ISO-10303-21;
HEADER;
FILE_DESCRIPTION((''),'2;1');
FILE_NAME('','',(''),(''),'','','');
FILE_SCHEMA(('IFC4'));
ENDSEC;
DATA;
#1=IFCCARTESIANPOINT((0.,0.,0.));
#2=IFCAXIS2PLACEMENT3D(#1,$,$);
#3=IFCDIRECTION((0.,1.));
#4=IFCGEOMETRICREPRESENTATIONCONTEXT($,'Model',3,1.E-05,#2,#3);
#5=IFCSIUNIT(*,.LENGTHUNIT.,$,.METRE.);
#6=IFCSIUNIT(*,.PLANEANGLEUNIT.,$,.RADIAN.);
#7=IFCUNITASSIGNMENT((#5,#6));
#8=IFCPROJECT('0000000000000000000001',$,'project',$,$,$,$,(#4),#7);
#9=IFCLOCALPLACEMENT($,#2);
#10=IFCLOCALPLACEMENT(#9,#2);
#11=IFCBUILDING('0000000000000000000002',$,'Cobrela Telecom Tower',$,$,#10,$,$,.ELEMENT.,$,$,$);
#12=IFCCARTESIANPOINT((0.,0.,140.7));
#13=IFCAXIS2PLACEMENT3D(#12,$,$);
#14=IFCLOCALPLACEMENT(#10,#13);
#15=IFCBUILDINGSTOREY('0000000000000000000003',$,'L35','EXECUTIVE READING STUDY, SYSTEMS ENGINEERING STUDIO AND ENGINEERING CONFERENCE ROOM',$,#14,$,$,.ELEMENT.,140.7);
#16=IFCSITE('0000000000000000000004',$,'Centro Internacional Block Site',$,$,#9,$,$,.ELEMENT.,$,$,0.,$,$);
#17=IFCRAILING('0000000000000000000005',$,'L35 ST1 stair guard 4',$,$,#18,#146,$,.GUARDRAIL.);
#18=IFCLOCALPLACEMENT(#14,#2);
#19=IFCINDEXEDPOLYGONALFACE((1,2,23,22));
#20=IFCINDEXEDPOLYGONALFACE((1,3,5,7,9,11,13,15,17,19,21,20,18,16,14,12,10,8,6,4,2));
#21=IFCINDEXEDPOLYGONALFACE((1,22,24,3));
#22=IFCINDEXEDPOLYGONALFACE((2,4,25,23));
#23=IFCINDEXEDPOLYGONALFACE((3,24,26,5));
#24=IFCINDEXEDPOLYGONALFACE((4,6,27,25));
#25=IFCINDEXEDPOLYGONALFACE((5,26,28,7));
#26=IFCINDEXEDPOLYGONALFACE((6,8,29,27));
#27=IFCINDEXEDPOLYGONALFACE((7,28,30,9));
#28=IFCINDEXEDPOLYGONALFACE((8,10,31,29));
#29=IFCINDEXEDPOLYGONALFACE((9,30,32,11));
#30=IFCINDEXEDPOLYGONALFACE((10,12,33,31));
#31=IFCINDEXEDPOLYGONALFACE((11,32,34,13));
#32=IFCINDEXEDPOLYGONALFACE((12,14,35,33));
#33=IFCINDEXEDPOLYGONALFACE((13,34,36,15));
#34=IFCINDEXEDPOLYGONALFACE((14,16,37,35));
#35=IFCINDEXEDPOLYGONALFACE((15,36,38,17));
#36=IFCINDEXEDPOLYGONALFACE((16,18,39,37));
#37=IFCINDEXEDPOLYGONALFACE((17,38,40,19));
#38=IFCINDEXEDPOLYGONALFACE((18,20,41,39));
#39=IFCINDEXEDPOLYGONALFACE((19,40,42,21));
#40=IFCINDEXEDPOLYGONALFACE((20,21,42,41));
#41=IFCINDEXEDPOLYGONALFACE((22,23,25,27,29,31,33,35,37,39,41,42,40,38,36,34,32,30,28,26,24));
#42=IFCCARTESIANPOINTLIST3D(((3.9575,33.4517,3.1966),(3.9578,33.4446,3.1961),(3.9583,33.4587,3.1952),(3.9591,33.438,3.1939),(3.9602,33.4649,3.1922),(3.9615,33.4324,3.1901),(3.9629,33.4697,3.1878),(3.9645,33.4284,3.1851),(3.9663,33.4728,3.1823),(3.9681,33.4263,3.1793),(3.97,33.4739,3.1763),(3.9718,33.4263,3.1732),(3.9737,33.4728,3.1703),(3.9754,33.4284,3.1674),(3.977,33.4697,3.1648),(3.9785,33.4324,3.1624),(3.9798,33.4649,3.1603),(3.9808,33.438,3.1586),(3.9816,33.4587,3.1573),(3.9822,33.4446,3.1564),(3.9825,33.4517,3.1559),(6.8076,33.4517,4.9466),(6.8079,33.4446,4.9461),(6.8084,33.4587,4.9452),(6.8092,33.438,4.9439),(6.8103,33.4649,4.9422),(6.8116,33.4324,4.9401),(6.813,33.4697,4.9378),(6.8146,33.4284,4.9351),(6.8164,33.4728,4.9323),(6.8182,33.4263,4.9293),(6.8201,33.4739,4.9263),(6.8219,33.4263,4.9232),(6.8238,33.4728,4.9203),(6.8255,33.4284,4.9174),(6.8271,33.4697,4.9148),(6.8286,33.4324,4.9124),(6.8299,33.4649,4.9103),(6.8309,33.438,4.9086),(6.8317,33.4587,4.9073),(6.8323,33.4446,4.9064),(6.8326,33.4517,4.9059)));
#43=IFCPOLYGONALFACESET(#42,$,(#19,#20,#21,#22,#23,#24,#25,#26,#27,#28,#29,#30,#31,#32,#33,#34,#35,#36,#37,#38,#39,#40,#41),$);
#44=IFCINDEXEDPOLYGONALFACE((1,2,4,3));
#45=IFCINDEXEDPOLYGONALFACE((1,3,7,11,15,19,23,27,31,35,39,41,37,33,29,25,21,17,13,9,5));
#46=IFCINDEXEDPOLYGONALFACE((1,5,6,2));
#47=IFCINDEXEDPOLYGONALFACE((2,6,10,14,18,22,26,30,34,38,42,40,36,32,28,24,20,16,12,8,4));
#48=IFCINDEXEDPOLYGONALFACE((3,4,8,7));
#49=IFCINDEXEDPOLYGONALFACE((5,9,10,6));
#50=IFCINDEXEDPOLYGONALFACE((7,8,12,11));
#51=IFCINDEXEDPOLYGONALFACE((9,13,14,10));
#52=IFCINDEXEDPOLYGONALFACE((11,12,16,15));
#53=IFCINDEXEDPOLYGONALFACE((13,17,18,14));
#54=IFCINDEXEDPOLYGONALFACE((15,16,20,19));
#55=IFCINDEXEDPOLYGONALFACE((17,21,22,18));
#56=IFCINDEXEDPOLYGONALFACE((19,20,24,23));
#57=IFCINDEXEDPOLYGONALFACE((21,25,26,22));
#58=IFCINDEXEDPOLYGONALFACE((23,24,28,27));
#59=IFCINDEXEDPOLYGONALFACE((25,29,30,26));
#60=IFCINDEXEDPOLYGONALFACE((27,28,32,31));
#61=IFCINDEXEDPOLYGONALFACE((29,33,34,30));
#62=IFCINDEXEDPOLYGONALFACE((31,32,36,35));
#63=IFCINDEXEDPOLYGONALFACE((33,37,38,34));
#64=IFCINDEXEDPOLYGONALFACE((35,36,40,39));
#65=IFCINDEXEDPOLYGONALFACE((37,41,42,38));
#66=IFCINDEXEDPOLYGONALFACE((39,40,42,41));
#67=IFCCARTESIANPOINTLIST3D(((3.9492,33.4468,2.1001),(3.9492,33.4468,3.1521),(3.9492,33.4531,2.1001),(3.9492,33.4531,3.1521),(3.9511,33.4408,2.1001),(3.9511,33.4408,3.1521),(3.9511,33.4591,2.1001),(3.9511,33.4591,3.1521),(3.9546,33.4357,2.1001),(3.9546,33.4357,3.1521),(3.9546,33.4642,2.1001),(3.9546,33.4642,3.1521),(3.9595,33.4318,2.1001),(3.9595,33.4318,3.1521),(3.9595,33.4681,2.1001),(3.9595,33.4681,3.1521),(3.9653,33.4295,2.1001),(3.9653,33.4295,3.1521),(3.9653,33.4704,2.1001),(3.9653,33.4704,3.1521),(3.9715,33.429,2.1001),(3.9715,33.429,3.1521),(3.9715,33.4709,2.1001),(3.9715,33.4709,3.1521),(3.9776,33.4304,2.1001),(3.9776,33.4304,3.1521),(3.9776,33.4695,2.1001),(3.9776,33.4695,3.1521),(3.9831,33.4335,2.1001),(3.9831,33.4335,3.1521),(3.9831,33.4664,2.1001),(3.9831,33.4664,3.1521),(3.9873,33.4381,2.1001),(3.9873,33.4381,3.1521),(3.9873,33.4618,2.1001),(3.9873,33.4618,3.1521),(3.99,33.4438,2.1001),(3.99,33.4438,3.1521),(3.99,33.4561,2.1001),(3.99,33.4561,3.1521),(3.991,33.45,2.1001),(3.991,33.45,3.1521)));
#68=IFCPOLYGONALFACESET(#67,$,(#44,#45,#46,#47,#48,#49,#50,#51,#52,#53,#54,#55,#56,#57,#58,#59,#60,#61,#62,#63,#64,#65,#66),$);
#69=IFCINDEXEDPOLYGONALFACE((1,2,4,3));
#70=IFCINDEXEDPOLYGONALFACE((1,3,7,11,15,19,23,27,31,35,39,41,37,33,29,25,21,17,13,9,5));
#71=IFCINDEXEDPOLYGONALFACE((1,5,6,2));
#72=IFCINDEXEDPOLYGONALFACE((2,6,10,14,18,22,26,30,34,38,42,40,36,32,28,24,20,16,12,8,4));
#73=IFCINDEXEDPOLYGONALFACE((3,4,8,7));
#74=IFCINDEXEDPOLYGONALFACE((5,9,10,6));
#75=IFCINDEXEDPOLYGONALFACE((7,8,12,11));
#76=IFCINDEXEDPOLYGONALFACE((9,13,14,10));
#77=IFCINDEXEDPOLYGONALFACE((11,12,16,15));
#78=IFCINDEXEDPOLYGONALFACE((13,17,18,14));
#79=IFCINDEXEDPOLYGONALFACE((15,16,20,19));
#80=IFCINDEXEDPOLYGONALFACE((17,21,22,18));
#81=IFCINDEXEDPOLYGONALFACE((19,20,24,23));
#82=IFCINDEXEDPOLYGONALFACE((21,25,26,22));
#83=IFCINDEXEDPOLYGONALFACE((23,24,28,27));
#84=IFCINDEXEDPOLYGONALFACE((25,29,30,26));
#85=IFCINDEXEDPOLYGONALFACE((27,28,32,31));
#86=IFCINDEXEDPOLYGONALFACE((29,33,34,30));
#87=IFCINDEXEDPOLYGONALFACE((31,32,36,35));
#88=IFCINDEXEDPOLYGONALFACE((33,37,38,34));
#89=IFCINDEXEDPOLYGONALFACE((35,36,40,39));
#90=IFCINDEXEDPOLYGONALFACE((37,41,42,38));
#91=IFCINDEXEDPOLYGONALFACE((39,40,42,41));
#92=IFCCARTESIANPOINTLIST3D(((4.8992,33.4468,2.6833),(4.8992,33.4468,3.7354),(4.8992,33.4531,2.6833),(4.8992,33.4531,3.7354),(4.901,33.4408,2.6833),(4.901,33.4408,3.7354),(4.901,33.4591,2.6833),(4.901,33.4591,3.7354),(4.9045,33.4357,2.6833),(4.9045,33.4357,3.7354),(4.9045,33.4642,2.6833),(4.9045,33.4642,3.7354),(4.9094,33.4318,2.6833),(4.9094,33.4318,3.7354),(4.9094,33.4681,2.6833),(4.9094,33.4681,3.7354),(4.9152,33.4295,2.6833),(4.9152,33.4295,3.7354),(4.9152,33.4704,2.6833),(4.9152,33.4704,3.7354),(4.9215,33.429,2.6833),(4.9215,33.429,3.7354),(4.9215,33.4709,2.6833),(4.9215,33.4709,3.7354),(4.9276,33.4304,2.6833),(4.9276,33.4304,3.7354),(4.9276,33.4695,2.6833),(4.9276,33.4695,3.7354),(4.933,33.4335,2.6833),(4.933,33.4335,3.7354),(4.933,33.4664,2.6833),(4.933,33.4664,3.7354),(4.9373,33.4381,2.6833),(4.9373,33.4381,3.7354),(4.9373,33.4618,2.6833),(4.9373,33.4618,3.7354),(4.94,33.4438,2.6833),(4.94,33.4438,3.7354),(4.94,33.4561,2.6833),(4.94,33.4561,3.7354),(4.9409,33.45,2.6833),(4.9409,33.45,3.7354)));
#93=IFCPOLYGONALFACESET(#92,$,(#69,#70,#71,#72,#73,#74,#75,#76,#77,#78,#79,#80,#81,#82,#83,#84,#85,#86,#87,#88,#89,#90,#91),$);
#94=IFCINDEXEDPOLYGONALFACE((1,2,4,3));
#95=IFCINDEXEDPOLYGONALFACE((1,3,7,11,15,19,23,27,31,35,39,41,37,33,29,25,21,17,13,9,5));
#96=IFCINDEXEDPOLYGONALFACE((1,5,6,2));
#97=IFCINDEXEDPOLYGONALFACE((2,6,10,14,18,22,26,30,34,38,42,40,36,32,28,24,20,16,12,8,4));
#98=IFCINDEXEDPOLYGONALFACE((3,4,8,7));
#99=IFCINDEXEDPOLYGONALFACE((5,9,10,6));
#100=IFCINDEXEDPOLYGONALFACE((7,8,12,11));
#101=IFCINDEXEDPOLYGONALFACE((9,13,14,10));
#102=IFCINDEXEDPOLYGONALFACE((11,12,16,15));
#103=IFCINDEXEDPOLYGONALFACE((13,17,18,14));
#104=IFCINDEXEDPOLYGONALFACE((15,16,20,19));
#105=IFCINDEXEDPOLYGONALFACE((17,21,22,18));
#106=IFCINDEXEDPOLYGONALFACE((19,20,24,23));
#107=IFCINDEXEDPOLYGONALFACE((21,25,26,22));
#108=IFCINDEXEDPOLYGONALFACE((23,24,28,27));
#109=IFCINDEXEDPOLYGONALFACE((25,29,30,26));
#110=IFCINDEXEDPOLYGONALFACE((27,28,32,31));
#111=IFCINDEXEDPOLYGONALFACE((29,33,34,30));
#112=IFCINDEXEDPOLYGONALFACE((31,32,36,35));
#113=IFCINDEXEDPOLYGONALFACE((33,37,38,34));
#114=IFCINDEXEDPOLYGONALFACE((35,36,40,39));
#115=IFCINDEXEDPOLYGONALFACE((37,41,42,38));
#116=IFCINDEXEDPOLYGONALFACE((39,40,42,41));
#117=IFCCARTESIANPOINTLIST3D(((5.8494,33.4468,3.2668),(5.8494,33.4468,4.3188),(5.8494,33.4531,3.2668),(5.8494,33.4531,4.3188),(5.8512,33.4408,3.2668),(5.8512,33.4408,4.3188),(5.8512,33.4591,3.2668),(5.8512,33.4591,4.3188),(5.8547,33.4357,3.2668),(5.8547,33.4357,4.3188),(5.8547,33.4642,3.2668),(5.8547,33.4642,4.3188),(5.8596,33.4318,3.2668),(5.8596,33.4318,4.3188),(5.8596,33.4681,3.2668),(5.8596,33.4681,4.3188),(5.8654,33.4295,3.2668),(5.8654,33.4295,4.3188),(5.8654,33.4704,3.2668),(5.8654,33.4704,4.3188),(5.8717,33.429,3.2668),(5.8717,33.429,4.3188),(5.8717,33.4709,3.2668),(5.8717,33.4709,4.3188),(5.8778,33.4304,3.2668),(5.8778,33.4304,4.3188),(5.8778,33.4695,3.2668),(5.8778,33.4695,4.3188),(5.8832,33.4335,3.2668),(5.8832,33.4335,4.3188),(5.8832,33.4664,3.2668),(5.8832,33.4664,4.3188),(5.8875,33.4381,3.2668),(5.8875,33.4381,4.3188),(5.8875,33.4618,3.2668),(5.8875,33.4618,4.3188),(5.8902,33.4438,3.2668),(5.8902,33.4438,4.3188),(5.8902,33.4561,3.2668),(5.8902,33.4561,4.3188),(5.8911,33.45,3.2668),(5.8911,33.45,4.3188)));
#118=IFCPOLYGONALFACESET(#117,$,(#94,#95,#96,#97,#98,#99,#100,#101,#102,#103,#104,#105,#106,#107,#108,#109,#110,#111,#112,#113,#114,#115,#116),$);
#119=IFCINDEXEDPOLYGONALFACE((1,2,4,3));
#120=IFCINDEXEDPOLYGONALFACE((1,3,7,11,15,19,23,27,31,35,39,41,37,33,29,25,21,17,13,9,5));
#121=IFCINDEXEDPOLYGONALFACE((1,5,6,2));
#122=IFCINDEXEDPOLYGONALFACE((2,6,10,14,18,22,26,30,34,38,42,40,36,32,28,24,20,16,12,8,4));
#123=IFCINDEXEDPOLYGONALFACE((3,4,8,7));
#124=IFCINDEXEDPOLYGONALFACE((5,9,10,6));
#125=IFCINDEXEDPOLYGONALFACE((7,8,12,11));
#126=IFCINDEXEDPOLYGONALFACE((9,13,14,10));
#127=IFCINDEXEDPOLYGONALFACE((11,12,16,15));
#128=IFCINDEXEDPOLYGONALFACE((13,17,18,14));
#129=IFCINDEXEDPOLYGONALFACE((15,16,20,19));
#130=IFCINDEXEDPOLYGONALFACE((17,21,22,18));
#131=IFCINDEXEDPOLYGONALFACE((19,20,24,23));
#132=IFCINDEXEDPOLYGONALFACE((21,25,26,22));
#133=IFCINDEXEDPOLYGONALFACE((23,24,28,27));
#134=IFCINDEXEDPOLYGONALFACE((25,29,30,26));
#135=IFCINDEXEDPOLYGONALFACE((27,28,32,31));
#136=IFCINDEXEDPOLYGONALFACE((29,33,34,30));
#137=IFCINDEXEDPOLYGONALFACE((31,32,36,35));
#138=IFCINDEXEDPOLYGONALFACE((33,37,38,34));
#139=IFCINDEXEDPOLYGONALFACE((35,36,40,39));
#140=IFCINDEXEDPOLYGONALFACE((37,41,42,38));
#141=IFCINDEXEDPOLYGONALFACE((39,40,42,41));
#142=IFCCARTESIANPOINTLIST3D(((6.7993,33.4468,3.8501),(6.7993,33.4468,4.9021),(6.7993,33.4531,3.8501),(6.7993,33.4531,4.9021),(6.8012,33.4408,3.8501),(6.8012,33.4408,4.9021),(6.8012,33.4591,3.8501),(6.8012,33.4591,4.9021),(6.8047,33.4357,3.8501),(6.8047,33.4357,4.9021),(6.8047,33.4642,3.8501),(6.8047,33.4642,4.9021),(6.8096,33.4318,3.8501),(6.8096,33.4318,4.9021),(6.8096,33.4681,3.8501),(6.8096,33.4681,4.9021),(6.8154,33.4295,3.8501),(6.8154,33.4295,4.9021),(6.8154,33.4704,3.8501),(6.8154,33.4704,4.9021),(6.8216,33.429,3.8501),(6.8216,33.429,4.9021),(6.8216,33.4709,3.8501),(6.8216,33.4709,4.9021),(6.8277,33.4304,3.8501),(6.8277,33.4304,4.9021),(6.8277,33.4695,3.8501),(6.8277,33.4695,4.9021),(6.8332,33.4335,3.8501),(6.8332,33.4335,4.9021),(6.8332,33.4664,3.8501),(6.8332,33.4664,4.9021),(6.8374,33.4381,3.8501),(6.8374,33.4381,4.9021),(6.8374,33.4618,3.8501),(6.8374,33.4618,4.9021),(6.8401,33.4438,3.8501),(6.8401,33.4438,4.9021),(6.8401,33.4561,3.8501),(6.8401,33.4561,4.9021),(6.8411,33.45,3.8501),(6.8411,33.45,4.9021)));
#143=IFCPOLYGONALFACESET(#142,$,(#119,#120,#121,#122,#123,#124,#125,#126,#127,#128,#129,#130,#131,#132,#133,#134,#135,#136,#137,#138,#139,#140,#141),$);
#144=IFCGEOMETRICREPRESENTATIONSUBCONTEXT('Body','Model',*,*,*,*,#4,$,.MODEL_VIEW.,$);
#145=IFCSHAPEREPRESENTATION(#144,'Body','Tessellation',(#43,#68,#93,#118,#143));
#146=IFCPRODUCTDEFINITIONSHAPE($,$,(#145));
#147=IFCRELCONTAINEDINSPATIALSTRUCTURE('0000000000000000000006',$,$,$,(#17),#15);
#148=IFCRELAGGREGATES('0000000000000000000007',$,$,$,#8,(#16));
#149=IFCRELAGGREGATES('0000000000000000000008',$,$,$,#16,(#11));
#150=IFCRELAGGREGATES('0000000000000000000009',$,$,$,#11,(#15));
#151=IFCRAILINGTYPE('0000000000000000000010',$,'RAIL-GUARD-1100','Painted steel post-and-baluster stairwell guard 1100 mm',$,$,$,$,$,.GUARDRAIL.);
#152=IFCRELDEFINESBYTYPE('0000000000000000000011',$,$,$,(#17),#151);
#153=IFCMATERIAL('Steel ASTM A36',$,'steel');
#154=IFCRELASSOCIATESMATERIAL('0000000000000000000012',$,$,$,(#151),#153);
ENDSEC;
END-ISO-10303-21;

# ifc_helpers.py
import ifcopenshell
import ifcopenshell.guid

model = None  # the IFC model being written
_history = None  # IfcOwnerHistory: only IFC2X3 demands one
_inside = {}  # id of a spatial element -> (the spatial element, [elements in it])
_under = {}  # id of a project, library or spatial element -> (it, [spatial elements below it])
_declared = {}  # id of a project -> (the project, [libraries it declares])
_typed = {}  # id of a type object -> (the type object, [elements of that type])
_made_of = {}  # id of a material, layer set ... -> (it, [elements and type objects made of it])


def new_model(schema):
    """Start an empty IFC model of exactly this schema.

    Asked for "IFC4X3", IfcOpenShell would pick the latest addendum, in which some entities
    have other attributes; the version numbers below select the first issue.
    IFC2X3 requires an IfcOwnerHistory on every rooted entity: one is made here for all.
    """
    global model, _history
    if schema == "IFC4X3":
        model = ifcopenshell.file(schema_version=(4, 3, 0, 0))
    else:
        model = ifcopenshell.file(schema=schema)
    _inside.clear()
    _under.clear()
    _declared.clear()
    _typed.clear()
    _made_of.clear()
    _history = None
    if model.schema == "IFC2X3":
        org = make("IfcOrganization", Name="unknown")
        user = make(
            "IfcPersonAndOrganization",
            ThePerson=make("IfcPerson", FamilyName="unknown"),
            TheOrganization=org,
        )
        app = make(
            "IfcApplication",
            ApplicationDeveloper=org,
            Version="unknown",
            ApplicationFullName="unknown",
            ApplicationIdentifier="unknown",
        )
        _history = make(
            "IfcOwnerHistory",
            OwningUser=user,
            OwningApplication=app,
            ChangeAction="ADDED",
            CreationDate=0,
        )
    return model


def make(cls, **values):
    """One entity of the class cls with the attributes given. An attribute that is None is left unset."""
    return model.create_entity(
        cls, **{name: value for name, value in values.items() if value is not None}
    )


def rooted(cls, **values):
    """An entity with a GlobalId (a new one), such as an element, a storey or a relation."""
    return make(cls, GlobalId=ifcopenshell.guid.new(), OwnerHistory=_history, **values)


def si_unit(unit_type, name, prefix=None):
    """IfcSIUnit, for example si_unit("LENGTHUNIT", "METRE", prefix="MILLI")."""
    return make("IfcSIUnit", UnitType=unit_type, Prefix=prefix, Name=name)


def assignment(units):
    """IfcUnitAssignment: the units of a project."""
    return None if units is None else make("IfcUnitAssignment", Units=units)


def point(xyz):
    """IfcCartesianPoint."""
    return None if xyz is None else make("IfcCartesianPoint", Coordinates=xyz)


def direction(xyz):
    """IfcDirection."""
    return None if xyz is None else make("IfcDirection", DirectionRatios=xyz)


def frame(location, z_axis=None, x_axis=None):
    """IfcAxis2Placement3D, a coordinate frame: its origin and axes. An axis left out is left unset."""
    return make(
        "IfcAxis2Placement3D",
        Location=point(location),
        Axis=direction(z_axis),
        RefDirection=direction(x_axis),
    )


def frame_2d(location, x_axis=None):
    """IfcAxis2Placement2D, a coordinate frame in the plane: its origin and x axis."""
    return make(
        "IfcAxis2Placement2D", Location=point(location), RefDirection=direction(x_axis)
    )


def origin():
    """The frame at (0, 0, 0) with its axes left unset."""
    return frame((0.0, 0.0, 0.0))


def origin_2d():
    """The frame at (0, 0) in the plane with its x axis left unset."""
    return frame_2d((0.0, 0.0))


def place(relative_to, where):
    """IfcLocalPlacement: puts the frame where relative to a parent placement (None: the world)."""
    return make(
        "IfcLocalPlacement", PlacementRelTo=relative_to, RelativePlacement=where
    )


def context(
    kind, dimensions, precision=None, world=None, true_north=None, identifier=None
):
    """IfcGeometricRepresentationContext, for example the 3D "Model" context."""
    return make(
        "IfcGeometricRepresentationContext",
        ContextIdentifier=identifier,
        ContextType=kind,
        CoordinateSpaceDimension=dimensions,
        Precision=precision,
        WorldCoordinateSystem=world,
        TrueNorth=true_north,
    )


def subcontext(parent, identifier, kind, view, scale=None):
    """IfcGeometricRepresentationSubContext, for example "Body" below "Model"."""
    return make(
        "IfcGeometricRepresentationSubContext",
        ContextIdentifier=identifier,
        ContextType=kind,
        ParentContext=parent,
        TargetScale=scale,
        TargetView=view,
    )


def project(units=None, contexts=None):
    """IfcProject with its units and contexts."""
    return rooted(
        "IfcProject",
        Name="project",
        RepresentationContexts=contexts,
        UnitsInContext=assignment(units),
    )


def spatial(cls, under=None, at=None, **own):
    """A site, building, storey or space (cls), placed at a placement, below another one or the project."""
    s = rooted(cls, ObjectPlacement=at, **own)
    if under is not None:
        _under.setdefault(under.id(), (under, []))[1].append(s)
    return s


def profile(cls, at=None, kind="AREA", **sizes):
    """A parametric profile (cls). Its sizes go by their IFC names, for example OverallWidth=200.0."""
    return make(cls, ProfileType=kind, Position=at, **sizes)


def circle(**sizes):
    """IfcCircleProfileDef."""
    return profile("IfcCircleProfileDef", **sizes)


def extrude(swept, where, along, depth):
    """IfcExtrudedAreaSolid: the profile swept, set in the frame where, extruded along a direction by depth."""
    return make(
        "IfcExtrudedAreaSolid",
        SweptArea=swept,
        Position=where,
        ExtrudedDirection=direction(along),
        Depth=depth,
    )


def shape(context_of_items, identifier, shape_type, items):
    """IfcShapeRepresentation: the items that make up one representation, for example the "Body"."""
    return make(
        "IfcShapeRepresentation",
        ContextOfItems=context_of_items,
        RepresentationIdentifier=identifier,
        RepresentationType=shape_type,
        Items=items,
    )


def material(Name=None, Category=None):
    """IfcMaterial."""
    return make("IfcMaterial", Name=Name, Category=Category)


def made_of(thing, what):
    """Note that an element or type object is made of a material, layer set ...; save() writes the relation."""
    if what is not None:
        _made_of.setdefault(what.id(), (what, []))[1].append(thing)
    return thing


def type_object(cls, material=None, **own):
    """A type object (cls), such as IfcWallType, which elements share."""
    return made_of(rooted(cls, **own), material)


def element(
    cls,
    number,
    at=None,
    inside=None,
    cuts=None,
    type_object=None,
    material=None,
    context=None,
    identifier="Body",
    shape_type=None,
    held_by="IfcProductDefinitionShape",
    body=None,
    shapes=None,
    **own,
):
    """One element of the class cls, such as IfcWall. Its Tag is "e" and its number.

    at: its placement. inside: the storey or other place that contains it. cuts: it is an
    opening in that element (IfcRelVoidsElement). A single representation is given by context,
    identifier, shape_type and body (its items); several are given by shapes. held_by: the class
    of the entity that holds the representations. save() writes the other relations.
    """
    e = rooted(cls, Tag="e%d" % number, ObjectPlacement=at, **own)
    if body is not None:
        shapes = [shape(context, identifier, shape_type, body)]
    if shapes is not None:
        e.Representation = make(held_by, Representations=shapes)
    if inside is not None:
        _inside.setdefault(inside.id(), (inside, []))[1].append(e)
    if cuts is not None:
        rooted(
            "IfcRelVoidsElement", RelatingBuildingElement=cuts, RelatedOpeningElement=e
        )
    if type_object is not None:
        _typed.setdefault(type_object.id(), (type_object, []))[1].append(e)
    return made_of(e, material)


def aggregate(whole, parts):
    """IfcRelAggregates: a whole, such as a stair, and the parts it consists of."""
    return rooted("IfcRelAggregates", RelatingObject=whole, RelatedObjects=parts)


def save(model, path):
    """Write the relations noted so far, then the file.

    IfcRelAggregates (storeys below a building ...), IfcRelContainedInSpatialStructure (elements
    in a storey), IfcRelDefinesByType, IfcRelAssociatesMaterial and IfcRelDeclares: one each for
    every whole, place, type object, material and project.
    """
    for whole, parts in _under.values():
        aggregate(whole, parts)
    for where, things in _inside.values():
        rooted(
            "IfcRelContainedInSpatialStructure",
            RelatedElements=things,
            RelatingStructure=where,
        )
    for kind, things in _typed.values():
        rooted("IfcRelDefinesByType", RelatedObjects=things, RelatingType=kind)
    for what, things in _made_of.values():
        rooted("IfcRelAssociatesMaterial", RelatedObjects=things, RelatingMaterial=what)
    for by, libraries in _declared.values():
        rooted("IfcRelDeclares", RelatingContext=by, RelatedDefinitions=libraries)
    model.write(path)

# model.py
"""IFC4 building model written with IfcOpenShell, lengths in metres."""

from ifc_helpers import new_model, si_unit, direction, frame, origin, origin_2d, place, context, subcontext, project, spatial, circle, extrude, material, type_object, element, save


model = new_model("IFC4")

# Units and contexts
model_context = context("Model", 3, precision=1e-05, world=origin(), true_north=direction((0.0, 1.0)))
body_context = subcontext(model_context, "Body", "Model", "MODEL_VIEW")
ifc_project = project(units=[si_unit("LENGTHUNIT", "METRE"), si_unit("PLANEANGLEUNIT", "RADIAN")], contexts=[model_context])

# Site, building, storey
site_placement = place(None, origin())
site = spatial("IfcSite", under=ifc_project, at=site_placement, Name="Centro Internacional Block Site", CompositionType="ELEMENT", RefElevation=0.0)
building_placement = place(site_placement, origin())
building = spatial("IfcBuilding", under=site, at=building_placement, Name="Cobrela Telecom Tower", CompositionType="ELEMENT")
storey_placement = place(building_placement, frame((0.0, 0.0, 140.7)))
storey = spatial("IfcBuildingStorey", under=building, at=storey_placement, Name="L35", Description="EXECUTIVE READING STUDY, SYSTEMS ENGINEERING STUDIO AND ENGINEERING CONFERENCE ROOM", CompositionType="ELEMENT", Elevation=140.7)

# Shared definitions
ifc_material_1 = material(Name="Steel ASTM A36", Category="steel")

# Railing
railing_type_1 = type_object("IfcRailingType", Name="RAIL-GUARD-1100", Description="Painted steel post-and-baluster stairwell guard 1100 mm", PredefinedType="GUARDRAIL", material=ifc_material_1)
railing_1_placement = place(storey_placement, frame((3.97, 33.45, 2.1001)))
element("IfcRailing", 1, at=railing_1_placement, inside=storey, type_object=railing_type_1, Name="L35 ST1 stair guard 4", PredefinedType="GUARDRAIL", context=body_context, shape_type="SweptSolid", body=[
    extrude(circle(Radius=0.0239, at=origin_2d()), frame((0.0, 0.0, 1.0762), z_axis=(0.852179, 0.0, 0.52325), x_axis=(0.0, 1.0, 0.0)), (0.0, 0.0, 1.0), 3.3445),
    extrude(circle(Radius=0.021, at=origin_2d()), origin(), (0.0, 0.0, 1.0), 1.052),
    extrude(circle(Radius=0.021, at=origin_2d()), frame((0.95, 0.0, 0.5833)), (0.0, 0.0, 1.0), 1.052),
    extrude(circle(Radius=0.021, at=origin_2d()), frame((1.9001, 0.0, 1.1667)), (0.0, 0.0, 1.0), 1.052),
    extrude(circle(Radius=0.021, at=origin_2d()), frame((2.8501, 0.0, 1.75)), (0.0, 0.0, 1.0), 1.052),
])

save(model, "model.ifc")
